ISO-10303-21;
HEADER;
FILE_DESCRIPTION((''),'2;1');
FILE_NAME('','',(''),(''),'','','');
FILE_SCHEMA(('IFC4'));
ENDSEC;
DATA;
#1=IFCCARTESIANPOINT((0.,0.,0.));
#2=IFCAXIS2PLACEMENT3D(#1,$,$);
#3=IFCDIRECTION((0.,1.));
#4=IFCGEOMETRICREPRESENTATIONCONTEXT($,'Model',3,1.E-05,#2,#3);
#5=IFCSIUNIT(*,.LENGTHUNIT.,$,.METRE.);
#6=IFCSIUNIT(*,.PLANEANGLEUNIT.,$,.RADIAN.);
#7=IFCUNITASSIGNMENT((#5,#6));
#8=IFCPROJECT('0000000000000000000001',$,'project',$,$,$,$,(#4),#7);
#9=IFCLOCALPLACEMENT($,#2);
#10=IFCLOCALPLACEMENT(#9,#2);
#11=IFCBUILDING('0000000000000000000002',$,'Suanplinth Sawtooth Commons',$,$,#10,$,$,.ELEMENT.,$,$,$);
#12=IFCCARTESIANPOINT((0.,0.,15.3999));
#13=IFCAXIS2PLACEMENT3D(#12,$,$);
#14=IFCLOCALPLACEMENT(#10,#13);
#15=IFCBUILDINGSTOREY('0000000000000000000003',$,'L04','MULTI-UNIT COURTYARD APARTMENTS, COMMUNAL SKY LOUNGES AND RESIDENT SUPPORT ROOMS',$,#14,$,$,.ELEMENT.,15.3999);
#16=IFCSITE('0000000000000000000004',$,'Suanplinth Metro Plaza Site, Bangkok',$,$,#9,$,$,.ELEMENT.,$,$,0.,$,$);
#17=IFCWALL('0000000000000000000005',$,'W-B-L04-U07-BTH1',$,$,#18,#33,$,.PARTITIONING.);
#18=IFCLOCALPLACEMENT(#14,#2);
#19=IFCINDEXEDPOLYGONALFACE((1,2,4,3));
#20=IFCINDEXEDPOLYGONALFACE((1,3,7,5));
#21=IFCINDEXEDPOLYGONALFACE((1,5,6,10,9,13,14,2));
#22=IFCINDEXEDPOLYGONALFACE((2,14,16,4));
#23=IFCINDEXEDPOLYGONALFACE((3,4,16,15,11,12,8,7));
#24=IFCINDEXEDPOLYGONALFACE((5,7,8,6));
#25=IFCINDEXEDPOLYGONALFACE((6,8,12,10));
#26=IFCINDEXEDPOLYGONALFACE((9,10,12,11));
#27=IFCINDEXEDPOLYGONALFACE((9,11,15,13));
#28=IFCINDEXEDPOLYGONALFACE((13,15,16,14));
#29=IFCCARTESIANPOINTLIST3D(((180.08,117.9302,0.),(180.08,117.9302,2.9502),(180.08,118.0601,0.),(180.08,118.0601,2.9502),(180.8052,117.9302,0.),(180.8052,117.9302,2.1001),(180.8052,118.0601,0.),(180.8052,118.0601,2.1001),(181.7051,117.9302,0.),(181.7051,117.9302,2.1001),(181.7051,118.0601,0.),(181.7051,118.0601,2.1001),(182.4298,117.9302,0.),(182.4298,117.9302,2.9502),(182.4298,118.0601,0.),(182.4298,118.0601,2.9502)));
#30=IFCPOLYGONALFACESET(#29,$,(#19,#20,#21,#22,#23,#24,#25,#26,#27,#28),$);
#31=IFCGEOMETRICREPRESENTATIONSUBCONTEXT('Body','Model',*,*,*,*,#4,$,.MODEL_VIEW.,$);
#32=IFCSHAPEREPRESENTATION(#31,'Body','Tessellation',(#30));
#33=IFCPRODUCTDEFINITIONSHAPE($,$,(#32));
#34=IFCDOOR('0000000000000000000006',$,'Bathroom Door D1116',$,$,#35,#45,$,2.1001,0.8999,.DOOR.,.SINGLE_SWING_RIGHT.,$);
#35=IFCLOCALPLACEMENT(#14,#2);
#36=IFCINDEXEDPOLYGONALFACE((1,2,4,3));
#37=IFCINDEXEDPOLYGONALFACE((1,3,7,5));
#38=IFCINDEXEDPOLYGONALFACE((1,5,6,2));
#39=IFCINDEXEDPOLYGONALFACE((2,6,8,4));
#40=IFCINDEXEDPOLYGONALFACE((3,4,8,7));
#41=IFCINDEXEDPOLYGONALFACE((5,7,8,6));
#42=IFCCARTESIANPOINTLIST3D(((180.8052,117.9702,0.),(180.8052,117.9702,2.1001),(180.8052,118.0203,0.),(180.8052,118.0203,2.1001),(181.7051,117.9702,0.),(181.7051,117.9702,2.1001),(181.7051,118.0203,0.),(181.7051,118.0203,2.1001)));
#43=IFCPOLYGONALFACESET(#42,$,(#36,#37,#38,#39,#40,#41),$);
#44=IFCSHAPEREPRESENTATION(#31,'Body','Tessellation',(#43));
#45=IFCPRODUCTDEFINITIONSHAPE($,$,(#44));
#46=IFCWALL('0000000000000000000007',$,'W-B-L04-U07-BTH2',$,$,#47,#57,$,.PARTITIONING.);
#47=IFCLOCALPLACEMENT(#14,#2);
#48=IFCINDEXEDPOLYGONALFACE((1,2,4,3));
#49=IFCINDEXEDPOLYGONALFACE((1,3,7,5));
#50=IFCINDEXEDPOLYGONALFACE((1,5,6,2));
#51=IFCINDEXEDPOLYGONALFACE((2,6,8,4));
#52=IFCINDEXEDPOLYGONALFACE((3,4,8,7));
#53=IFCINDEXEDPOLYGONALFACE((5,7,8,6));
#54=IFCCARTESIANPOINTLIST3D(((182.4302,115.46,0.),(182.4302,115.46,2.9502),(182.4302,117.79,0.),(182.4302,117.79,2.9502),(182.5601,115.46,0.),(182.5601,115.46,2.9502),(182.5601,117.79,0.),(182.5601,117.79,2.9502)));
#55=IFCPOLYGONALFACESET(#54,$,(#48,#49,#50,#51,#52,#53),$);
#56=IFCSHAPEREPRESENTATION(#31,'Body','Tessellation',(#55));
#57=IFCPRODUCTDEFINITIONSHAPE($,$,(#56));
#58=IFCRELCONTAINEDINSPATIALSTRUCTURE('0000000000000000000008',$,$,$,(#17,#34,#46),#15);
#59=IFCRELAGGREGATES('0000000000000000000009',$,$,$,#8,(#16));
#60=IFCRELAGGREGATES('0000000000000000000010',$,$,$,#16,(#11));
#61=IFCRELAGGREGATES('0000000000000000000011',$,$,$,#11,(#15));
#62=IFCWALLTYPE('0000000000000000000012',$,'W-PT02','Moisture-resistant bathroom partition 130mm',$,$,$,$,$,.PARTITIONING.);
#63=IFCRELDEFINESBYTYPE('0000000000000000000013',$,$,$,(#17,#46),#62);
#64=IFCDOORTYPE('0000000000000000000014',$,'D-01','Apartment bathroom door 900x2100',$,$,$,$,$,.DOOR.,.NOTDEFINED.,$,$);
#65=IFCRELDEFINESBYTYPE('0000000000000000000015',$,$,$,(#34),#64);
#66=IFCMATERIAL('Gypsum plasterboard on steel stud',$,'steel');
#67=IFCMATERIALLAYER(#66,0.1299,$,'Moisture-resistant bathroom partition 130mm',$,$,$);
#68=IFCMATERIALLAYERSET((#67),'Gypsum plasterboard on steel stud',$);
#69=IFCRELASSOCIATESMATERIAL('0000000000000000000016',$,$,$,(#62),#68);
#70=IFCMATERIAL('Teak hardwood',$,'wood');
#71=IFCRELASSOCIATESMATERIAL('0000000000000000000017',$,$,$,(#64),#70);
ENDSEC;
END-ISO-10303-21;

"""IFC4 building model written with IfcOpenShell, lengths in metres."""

from ifc_helpers import new_model, si_unit, direction, frame, frame_2d, origin, place, context, subcontext, project, spatial, rectangle, extrude, material, layer, layer_set, type_object, element, fill, save


model = new_model("IFC4")

# Units and contexts
model_context = context("Model", 3, precision=1e-05, world=origin(), true_north=direction((0.0, 1.0)))
body_context = subcontext(model_context, "Body", "Model", "MODEL_VIEW")
ifc_project = project(units=[si_unit("LENGTHUNIT", "METRE"), si_unit("PLANEANGLEUNIT", "RADIAN")], contexts=[model_context])

# Site, building, storey
site_placement = place(None, origin())
site = spatial("IfcSite", under=ifc_project, at=site_placement, Name="Suanplinth Metro Plaza Site, Bangkok", CompositionType="ELEMENT", RefElevation=0.0)
building_placement = place(site_placement, origin())
building = spatial("IfcBuilding", under=site, at=building_placement, Name="Suanplinth Sawtooth Commons", CompositionType="ELEMENT")
storey_placement = place(building_placement, frame((0.0, 0.0, 15.3999)))
storey = spatial("IfcBuildingStorey", under=building, at=storey_placement, Name="L04", Description="MULTI-UNIT COURTYARD APARTMENTS, COMMUNAL SKY LOUNGES AND RESIDENT SUPPORT ROOMS", CompositionType="ELEMENT", Elevation=15.3999)

# Wall, opening, door
ifc_material_1 = material(Name="Gypsum plasterboard on steel stud", Category="steel")
ifc_material_2 = material(Name="Teak hardwood", Category="wood")
ifc_layer_1 = layer(ifc_material_1, 0.1299, Name="Moisture-resistant bathroom partition 130mm")
ifc_layer_set_1 = layer_set([ifc_layer_1], Name="Gypsum plasterboard on steel stud")
wall_type_1 = type_object("IfcWallType", Name="W-PT02", Description="Moisture-resistant bathroom partition 130mm", PredefinedType="PARTITIONING", material=ifc_layer_set_1)
wall_1_placement = place(storey_placement, frame((180.0801, 117.9951, 0.0), z_axis=(0.0, 0.0, 1.0), x_axis=(1.0, 0.0, 0.0)))
wall_1 = element("IfcWall", 1, at=wall_1_placement, inside=storey, type_object=wall_type_1, Name="W-B-L04-U07-BTH1", PredefinedType="PARTITIONING", context=body_context, shape_type="SweptSolid", body=[
    extrude(rectangle(XDim=2.3499, YDim=0.1299, at=frame_2d((1.1748, 0.0))), origin(), (0.0, 0.0, 1.0), 2.9502),
])
opening_1_placement = place(wall_1_placement, frame((0.7251, 0.0, 0.0)))
opening_1 = element("IfcOpeningElement", 2, at=opening_1_placement, cuts=wall_1, PredefinedType="OPENING", context=body_context, shape_type="SweptSolid", body=[
    extrude(rectangle(XDim=0.8999, YDim=2.1001, at=frame_2d((0.45, 1.05))), frame((0.0, 0.0798, 0.0), z_axis=(0.0, -1.0, 0.0), x_axis=(1.0, 0.0, 0.0)), (0.0, 0.0, 1.0), 0.1597),
])
door_type_1 = type_object("IfcDoorType", Name="D-01", Description="Apartment bathroom door 900x2100", OperationType="NOTDEFINED", PredefinedType="DOOR", material=ifc_material_2)
door_1_placement = place(opening_1_placement, frame((0.8999, 0.0, 0.0), z_axis=(0.0, 0.0, 1.0), x_axis=(-1.0, 0.0, 0.0)))
door_1 = element("IfcDoor", 3, at=door_1_placement, inside=storey, type_object=door_type_1, Name="Bathroom Door D1116", OperationType="SINGLE_SWING_RIGHT", OverallHeight=2.1001, OverallWidth=0.8999, PredefinedType="DOOR", context=body_context, shape_type="SweptSolid", body=[
    extrude(rectangle(XDim=0.8999, YDim=2.1001, at=frame_2d((0.45, 1.05))), frame((0.0, 0.0249, 0.0), z_axis=(0.0, -1.0, 0.0), x_axis=(1.0, 0.0, 0.0)), (0.0, 0.0, 1.0), 0.05),
])
fill(opening_1, door_1)

# Wall
wall_2_placement = place(storey_placement, frame((182.4951, 115.46, 0.0), z_axis=(0.0, 0.0, 1.0), x_axis=(0.0, 1.0, 0.0)))
element("IfcWall", 4, at=wall_2_placement, inside=storey, type_object=wall_type_1, Name="W-B-L04-U07-BTH2", PredefinedType="PARTITIONING", context=body_context, shape_type="SweptSolid", body=[
    extrude(rectangle(XDim=2.3301, YDim=0.1299, at=frame_2d((1.165, 0.0))), origin(), (0.0, 0.0, 1.0), 2.9502),
])

save(model, "model.ifc")
